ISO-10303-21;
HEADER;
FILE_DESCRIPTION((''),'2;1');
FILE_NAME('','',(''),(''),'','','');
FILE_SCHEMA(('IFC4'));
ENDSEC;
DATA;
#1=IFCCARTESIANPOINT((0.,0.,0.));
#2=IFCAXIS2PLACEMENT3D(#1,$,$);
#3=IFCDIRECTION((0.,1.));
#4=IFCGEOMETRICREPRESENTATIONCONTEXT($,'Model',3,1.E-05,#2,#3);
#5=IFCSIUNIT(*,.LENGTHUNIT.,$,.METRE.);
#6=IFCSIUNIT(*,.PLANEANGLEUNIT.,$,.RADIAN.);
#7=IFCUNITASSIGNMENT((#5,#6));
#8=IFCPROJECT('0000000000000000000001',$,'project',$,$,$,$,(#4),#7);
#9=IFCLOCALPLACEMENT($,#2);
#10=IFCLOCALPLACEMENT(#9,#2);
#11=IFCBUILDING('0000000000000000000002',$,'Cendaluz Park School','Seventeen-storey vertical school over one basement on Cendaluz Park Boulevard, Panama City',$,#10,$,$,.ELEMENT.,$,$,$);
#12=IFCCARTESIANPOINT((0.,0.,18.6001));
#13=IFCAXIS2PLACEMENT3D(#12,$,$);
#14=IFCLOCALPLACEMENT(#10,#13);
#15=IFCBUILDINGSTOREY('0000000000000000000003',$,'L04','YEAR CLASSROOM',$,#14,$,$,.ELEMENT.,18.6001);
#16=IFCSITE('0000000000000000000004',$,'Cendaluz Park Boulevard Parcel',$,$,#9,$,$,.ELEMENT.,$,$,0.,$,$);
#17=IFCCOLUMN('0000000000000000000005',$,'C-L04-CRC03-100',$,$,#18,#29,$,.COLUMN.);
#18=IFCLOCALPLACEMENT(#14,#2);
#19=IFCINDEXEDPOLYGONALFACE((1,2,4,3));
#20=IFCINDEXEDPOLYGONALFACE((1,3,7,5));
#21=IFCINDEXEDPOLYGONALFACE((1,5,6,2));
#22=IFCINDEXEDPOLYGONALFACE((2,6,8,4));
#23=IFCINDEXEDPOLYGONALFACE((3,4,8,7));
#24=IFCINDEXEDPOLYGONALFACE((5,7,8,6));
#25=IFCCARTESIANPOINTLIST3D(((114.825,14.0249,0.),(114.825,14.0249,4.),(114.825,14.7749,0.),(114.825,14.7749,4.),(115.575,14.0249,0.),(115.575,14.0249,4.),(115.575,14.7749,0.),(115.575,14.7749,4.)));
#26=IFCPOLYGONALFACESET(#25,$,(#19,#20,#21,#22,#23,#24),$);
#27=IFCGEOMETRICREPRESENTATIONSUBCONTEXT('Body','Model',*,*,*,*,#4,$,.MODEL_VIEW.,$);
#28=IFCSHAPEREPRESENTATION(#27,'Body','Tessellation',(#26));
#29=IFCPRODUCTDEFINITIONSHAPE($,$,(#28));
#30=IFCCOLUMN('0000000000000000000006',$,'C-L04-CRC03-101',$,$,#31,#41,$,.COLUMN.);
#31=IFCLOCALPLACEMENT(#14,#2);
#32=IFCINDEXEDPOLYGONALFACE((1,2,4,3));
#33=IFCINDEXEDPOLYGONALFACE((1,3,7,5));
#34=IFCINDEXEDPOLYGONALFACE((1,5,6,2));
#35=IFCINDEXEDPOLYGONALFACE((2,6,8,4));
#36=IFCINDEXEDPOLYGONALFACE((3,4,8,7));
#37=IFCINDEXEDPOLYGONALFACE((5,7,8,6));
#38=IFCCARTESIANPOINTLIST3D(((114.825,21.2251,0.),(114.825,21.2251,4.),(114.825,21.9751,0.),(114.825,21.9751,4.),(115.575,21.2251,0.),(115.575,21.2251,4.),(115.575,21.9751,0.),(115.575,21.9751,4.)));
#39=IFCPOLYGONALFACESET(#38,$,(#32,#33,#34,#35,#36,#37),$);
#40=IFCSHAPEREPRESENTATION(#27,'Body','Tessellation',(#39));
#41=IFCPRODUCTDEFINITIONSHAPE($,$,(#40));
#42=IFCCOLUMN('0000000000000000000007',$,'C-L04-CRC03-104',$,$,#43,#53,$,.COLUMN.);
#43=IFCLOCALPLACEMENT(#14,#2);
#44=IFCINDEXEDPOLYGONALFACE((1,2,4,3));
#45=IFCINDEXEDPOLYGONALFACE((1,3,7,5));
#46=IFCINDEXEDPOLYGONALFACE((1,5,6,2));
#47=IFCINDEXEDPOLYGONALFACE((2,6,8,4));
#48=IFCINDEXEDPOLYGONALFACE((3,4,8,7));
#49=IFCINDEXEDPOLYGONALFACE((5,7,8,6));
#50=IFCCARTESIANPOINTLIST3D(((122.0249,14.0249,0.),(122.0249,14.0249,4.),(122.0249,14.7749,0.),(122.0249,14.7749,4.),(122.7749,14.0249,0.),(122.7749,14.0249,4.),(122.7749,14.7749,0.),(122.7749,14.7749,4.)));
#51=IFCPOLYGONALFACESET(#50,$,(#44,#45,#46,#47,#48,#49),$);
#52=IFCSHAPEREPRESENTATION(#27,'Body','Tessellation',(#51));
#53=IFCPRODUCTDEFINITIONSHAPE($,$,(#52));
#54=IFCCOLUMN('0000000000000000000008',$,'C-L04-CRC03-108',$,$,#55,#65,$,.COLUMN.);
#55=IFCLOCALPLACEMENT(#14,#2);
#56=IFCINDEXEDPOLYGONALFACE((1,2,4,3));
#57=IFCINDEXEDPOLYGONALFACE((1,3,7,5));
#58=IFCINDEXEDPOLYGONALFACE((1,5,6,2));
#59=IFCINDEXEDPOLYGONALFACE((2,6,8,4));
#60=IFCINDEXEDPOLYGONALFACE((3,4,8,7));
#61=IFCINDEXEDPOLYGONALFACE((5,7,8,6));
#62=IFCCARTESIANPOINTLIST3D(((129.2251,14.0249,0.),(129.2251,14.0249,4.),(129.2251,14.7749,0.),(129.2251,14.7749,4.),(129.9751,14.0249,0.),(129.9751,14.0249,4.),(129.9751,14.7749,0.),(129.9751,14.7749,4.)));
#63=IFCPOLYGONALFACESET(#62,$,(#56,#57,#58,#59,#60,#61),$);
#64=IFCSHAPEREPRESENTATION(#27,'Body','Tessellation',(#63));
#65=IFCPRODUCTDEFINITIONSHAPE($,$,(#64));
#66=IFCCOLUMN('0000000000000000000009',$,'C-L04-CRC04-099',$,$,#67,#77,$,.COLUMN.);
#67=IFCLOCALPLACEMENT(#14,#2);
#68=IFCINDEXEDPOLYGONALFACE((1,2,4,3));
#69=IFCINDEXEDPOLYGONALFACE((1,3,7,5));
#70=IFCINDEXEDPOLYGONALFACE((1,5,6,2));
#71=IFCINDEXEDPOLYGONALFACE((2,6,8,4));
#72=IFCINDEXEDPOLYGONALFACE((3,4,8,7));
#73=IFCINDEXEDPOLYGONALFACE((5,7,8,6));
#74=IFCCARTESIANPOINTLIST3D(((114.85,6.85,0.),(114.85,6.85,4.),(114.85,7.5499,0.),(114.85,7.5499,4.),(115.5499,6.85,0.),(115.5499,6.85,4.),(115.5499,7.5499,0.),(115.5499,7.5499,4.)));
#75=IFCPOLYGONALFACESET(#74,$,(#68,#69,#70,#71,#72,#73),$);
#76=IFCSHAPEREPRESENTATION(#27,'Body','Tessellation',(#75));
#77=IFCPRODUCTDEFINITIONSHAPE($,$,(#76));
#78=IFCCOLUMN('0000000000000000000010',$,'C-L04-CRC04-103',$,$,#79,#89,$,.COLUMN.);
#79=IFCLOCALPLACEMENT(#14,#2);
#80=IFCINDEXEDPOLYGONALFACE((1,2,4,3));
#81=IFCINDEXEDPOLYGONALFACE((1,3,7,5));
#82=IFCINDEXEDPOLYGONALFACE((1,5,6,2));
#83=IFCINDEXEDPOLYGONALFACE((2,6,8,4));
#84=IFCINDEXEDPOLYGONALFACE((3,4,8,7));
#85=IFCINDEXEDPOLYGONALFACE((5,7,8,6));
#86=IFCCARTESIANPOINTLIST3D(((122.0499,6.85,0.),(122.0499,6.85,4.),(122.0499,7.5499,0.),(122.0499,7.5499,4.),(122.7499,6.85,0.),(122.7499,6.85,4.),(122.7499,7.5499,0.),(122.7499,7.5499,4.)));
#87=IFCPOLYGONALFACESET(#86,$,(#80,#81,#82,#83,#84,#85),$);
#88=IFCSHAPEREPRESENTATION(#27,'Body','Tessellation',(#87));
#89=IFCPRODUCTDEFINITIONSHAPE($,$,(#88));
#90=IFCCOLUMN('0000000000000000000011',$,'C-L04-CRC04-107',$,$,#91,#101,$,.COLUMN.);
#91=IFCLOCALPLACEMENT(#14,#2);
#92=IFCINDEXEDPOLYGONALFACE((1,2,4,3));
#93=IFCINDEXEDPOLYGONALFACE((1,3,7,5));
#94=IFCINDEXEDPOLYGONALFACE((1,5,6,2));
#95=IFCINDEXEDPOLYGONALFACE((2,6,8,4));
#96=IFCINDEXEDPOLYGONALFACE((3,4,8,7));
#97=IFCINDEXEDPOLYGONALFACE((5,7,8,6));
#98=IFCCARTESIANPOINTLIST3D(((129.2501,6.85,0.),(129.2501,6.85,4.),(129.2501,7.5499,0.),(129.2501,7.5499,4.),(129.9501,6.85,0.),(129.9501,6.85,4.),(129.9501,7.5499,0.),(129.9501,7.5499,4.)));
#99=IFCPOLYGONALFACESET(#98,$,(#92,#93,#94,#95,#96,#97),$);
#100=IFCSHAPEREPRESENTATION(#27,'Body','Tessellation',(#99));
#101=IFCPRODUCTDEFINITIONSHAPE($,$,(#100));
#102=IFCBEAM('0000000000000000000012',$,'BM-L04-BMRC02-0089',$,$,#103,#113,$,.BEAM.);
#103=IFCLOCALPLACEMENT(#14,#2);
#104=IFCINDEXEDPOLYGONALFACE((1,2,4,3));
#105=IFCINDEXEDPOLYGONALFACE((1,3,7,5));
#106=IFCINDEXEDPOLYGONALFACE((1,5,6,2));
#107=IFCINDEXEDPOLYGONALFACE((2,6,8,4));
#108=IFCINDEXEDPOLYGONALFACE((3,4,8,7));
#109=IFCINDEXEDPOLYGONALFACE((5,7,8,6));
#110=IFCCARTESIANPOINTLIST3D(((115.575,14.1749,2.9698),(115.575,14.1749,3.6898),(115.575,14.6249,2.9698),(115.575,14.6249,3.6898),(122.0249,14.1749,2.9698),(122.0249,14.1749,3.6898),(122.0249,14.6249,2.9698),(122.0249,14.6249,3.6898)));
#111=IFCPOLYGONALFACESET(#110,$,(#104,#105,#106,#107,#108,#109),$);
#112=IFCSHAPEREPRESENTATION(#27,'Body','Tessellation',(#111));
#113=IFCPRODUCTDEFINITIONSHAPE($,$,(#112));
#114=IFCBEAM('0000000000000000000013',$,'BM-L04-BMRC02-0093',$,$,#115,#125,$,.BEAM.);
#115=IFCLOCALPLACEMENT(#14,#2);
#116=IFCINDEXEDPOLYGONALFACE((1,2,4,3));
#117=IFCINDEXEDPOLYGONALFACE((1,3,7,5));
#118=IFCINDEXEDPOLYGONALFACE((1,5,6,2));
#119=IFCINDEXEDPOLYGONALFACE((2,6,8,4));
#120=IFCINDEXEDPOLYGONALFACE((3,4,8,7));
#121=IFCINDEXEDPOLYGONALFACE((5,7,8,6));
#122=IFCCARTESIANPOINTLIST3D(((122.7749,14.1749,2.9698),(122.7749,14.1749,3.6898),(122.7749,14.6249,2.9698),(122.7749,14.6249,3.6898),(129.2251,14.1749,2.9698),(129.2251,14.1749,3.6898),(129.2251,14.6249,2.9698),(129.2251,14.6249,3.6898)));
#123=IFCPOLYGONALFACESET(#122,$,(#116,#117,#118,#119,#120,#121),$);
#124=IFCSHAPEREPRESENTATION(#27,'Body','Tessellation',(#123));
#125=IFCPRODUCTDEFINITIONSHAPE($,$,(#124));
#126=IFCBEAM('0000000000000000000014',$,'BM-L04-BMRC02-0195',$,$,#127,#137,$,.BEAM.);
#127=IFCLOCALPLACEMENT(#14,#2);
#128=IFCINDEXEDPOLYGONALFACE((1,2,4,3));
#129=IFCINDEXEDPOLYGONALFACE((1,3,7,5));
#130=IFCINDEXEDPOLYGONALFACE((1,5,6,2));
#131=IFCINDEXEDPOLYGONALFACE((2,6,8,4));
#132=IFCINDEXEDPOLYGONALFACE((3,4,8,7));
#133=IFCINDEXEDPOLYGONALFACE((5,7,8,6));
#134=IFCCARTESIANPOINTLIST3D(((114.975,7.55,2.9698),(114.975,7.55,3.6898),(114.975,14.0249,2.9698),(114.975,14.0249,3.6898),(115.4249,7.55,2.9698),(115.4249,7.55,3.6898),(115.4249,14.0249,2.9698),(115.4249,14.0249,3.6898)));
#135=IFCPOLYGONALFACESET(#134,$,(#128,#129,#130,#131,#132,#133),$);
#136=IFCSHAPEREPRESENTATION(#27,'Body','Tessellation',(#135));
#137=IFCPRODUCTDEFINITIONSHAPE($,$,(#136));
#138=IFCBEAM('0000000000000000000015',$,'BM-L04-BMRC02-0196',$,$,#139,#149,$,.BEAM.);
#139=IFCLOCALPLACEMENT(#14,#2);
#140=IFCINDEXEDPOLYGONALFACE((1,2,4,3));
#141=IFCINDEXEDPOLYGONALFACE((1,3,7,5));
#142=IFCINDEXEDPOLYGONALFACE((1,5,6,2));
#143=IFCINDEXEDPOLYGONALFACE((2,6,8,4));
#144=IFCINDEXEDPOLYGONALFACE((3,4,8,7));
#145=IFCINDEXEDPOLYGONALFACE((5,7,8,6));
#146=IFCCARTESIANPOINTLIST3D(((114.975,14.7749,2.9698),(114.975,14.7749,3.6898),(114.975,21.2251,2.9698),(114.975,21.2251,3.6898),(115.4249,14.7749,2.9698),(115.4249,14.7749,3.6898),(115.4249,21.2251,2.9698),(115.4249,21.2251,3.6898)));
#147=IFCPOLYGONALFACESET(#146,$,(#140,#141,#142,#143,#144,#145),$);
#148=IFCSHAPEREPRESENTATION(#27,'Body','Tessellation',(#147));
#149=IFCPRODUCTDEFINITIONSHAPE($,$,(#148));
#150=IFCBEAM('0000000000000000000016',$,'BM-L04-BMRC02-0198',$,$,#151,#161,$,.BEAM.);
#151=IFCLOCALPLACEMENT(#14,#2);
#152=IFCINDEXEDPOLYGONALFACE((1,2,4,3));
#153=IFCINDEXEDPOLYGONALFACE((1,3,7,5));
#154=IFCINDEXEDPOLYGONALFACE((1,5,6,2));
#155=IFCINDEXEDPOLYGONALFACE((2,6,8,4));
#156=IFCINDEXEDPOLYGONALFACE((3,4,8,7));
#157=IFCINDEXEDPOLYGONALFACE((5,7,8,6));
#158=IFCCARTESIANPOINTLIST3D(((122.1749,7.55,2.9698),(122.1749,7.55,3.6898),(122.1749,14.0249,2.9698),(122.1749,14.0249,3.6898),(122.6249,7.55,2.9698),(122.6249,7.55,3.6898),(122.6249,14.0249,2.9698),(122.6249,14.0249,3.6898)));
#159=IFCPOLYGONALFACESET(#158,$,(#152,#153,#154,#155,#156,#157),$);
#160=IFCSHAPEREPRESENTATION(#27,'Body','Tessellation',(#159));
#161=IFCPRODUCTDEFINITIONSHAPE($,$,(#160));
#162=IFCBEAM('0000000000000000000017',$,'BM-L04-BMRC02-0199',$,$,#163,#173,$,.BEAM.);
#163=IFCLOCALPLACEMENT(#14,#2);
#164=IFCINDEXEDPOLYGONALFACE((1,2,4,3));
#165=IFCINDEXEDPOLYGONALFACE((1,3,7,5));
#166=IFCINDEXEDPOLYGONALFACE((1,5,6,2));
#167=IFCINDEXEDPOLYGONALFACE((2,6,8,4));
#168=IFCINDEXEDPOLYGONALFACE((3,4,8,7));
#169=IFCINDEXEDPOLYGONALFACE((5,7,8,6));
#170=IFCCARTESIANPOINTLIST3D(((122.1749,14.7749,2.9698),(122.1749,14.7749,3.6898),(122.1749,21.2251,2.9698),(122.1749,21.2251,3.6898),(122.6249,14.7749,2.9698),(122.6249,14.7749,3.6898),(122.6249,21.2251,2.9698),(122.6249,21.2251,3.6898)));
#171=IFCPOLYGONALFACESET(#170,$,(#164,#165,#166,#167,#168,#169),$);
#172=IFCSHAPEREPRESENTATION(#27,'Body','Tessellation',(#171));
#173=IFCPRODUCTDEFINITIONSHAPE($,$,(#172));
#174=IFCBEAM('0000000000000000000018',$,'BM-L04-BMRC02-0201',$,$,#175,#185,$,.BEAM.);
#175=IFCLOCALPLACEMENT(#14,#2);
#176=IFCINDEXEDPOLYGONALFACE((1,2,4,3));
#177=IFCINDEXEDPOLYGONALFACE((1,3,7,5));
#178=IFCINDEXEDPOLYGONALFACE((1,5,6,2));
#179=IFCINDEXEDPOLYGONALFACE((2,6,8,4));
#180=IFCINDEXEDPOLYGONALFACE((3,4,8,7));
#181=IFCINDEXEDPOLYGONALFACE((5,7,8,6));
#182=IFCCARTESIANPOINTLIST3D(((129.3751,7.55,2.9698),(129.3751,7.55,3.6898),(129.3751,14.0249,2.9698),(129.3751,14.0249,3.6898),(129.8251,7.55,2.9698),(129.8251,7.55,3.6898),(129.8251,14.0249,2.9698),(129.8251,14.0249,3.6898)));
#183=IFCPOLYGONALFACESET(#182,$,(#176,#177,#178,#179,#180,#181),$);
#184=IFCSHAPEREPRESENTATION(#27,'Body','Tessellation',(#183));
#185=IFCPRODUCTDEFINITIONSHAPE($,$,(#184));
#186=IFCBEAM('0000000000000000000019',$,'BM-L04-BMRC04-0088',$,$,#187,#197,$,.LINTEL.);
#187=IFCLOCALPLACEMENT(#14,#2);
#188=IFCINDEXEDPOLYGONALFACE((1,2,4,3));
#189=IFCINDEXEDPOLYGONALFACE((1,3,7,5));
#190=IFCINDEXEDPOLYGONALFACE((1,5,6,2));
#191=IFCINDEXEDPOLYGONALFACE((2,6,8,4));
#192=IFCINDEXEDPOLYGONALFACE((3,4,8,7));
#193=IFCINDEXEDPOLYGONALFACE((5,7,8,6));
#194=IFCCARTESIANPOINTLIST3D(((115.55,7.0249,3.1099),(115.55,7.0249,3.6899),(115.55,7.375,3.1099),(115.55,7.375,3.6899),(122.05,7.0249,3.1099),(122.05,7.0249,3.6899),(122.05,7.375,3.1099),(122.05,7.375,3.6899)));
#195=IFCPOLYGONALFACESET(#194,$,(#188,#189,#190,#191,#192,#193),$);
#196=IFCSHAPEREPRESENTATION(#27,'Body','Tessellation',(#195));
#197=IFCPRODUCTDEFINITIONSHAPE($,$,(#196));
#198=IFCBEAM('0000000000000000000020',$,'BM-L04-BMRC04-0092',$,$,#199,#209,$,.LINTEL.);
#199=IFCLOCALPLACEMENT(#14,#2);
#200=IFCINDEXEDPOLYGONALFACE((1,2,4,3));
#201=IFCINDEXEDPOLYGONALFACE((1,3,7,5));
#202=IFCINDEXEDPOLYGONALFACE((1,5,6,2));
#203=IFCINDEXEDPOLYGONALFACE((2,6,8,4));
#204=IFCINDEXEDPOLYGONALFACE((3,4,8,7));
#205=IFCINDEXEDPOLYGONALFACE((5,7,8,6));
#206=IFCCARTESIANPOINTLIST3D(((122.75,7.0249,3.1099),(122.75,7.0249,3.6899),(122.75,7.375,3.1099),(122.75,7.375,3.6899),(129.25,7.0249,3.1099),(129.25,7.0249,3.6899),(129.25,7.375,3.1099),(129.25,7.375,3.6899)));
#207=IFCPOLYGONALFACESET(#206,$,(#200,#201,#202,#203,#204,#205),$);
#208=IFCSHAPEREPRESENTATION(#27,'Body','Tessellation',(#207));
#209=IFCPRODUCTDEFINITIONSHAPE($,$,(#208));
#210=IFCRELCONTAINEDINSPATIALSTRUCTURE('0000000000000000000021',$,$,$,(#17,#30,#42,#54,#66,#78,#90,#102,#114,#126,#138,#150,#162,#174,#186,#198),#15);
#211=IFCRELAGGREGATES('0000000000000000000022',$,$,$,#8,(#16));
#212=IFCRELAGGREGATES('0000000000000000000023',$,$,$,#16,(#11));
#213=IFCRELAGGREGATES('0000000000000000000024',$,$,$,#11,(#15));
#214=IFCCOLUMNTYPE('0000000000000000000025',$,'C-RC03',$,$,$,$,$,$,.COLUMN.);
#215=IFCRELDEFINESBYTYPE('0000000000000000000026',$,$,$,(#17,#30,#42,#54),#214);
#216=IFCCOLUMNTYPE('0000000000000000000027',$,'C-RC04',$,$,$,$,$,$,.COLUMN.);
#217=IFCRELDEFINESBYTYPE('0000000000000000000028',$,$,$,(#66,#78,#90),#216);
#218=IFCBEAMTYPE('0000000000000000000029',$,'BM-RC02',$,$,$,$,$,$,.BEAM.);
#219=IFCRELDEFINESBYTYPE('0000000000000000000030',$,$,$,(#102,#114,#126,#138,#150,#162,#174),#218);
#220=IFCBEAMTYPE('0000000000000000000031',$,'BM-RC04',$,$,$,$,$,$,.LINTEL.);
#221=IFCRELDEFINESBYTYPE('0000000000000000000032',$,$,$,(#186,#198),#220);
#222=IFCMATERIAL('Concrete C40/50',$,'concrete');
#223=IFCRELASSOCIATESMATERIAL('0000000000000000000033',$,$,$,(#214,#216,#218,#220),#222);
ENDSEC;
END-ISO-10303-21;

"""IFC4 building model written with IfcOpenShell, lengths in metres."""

from ifc_helpers import new_model, si_unit, direction, frame, origin, origin_2d, place, context, subcontext, project, spatial, rectangle, extrude, material, material_profile, profile_set, type_object, element, save


model = new_model("IFC4")

# Units and contexts
model_context = context("Model", 3, precision=1e-05, world=origin(), true_north=direction((0.0, 1.0)))
body_context = subcontext(model_context, "Body", "Model", "MODEL_VIEW")
ifc_project = project(units=[si_unit("LENGTHUNIT", "METRE"), si_unit("PLANEANGLEUNIT", "RADIAN")], contexts=[model_context])

# Site, building, storey
site_placement = place(None, origin())
site = spatial("IfcSite", under=ifc_project, at=site_placement, Name="Cendaluz Park Boulevard Parcel", CompositionType="ELEMENT", RefElevation=0.0)
building_placement = place(site_placement, origin())
building = spatial("IfcBuilding", under=site, at=building_placement, Name="Cendaluz Park School", Description="Seventeen-storey vertical school over one basement on Cendaluz Park Boulevard, Panama City", CompositionType="ELEMENT")
storey_placement = place(building_placement, frame((0.0, 0.0, 18.6001)))
storey = spatial("IfcBuildingStorey", under=building, at=storey_placement, Name="L04", Description="YEAR CLASSROOM", CompositionType="ELEMENT", Elevation=18.6001)

# Columns
ifc_material_1 = material(Name="Concrete C40/50", Category="concrete")
ifc_material_profile_1 = material_profile(ifc_material_1, rectangle(XDim=0.75, YDim=0.75, at=origin_2d()), Name="RC 750x750", Category="concrete")
ifc_profile_set_1 = profile_set([ifc_material_profile_1], Name="Concrete C40/50")
column_type_1 = type_object("IfcColumnType", Name="C-RC03", PredefinedType="COLUMN", material=ifc_profile_set_1)
for number, where, z_axis, x_axis, name in (
    (1, (115.2, 14.3999, 0.0), (0.0, 0.0, 1.0), (1.0, 0.0, 0.0), "C-L04-CRC03-100"),
    (2, (115.2, 21.6001, 0.0), (0.0, 0.0, 1.0), (1.0, 0.0, 0.0), "C-L04-CRC03-101"),
    (3, (122.3999, 14.3999, 0.0), (0.0, 0.0, 1.0), (1.0, 0.0, 0.0), "C-L04-CRC03-104"),
    (4, (129.6001, 14.3999, 0.0), (0.0, 0.0, 1.0), (1.0, 0.0, 0.0), "C-L04-CRC03-108"),
):
    element("IfcColumn", number, at=place(storey_placement, frame(where, z_axis=z_axis, x_axis=x_axis)), inside=storey, type_object=column_type_1, Name=name, PredefinedType="COLUMN", context=body_context, shape_type="SweptSolid", body=[
        extrude(rectangle(XDim=0.75, YDim=0.75, at=origin_2d()), origin(), (0.0, 0.0, 1.0), 4.0),
    ])
ifc_material_profile_2 = material_profile(ifc_material_1, rectangle(XDim=0.7, YDim=0.7, at=origin_2d()), Name="RC 700x700", Category="concrete")
ifc_profile_set_2 = profile_set([ifc_material_profile_2], Name="Concrete C40/50")
column_type_2 = type_object("IfcColumnType", Name="C-RC04", PredefinedType="COLUMN", material=ifc_profile_set_2)
for number, where, z_axis, x_axis, name in (
    (5, (115.2, 7.2, 0.0), (0.0, 0.0, 1.0), (1.0, 0.0, 0.0), "C-L04-CRC04-099"),
    (6, (122.3999, 7.2, 0.0), (0.0, 0.0, 1.0), (1.0, 0.0, 0.0), "C-L04-CRC04-103"),
    (7, (129.6001, 7.2, 0.0), (0.0, 0.0, 1.0), (1.0, 0.0, 0.0), "C-L04-CRC04-107"),
):
    element("IfcColumn", number, at=place(storey_placement, frame(where, z_axis=z_axis, x_axis=x_axis)), inside=storey, type_object=column_type_2, Name=name, PredefinedType="COLUMN", context=body_context, shape_type="SweptSolid", body=[
        extrude(rectangle(XDim=0.7, YDim=0.7, at=origin_2d()), origin(), (0.0, 0.0, 1.0), 4.0),
    ])

# Beams
ifc_material_profile_3 = material_profile(ifc_material_1, rectangle(XDim=0.45, YDim=0.72, at=origin_2d()), Name="RC 450x720", Category="concrete")
ifc_profile_set_3 = profile_set([ifc_material_profile_3], Name="Concrete C40/50")
beam_type_1 = type_object("IfcBeamType", Name="BM-RC02", PredefinedType="BEAM", material=ifc_profile_set_3)
beam_1_placement = place(storey_placement, frame((115.575, 14.3999, 3.3298), z_axis=(1.0, 0.0, 0.0), x_axis=(0.0, 1.0, 0.0)))
element("IfcBeam", 8, at=beam_1_placement, inside=storey, type_object=beam_type_1, Name="BM-L04-BMRC02-0089", PredefinedType="BEAM", context=body_context, shape_type="SweptSolid", body=[
    extrude(rectangle(XDim=0.45, YDim=0.72, at=origin_2d()), origin(), (0.0, 0.0, 1.0), 6.45),
])
beam_2_placement = place(storey_placement, frame((122.7749, 14.3999, 3.3298), z_axis=(1.0, 0.0, 0.0), x_axis=(0.0, 1.0, 0.0)))
element("IfcBeam", 9, at=beam_2_placement, inside=storey, type_object=beam_type_1, Name="BM-L04-BMRC02-0093", PredefinedType="BEAM", context=body_context, shape_type="SweptSolid", body=[
    extrude(rectangle(XDim=0.45, YDim=0.72, at=origin_2d()), origin(), (0.0, 0.0, 1.0), 6.4502),
])
beam_3_placement = place(storey_placement, frame((115.2, 7.55, 3.3298), z_axis=(0.0, 1.0, 0.0), x_axis=(-1.0, 0.0, 0.0)))
element("IfcBeam", 10, at=beam_3_placement, inside=storey, type_object=beam_type_1, Name="BM-L04-BMRC02-0195", PredefinedType="BEAM", context=body_context, shape_type="SweptSolid", body=[
    extrude(rectangle(XDim=0.45, YDim=0.72, at=origin_2d()), origin(), (0.0, 0.0, 1.0), 6.4749),
])
beam_4_placement = place(storey_placement, frame((115.2, 14.7749, 3.3298), z_axis=(0.0, 1.0, 0.0), x_axis=(-1.0, 0.0, 0.0)))
element("IfcBeam", 11, at=beam_4_placement, inside=storey, type_object=beam_type_1, Name="BM-L04-BMRC02-0196", PredefinedType="BEAM", context=body_context, shape_type="SweptSolid", body=[
    extrude(rectangle(XDim=0.45, YDim=0.72, at=origin_2d()), origin(), (0.0, 0.0, 1.0), 6.4502),
])
beam_5_placement = place(storey_placement, frame((122.3999, 7.55, 3.3298), z_axis=(0.0, 1.0, 0.0), x_axis=(-1.0, 0.0, 0.0)))
element("IfcBeam", 12, at=beam_5_placement, inside=storey, type_object=beam_type_1, Name="BM-L04-BMRC02-0198", PredefinedType="BEAM", context=body_context, shape_type="SweptSolid", body=[
    extrude(rectangle(XDim=0.45, YDim=0.72, at=origin_2d()), origin(), (0.0, 0.0, 1.0), 6.4749),
])
beam_6_placement = place(storey_placement, frame((122.3999, 14.7749, 3.3298), z_axis=(0.0, 1.0, 0.0), x_axis=(-1.0, 0.0, 0.0)))
element("IfcBeam", 13, at=beam_6_placement, inside=storey, type_object=beam_type_1, Name="BM-L04-BMRC02-0199", PredefinedType="BEAM", context=body_context, shape_type="SweptSolid", body=[
    extrude(rectangle(XDim=0.45, YDim=0.72, at=origin_2d()), origin(), (0.0, 0.0, 1.0), 6.4502),
])
beam_7_placement = place(storey_placement, frame((129.6001, 7.55, 3.3298), z_axis=(0.0, 1.0, 0.0), x_axis=(-1.0, 0.0, 0.0)))
element("IfcBeam", 14, at=beam_7_placement, inside=storey, type_object=beam_type_1, Name="BM-L04-BMRC02-0201", PredefinedType="BEAM", context=body_context, shape_type="SweptSolid", body=[
    extrude(rectangle(XDim=0.45, YDim=0.72, at=origin_2d()), origin(), (0.0, 0.0, 1.0), 6.4749),
])
ifc_material_profile_4 = material_profile(ifc_material_1, rectangle(XDim=0.3501, YDim=0.5801, at=origin_2d()), Name="RC 350x580", Category="concrete")
ifc_profile_set_4 = profile_set([ifc_material_profile_4], Name="Concrete C40/50")
beam_type_2 = type_object("IfcBeamType", Name="BM-RC04", PredefinedType="LINTEL", material=ifc_profile_set_4)
for number, where, z_axis, x_axis, name in (
    (15, (115.55, 7.2, 3.3999), (1.0, 0.0, 0.0), (0.0, 1.0, 0.0), "BM-L04-BMRC04-0088"),
    (16, (122.75, 7.2, 3.3999), (1.0, 0.0, 0.0), (0.0, 1.0, 0.0), "BM-L04-BMRC04-0092"),
):
    element("IfcBeam", number, at=place(storey_placement, frame(where, z_axis=z_axis, x_axis=x_axis)), inside=storey, type_object=beam_type_2, Name=name, PredefinedType="LINTEL", context=body_context, shape_type="SweptSolid", body=[
        extrude(rectangle(XDim=0.3501, YDim=0.5801, at=origin_2d()), origin(), (0.0, 0.0, 1.0), 6.5),
    ])

save(model, "model.ifc")
